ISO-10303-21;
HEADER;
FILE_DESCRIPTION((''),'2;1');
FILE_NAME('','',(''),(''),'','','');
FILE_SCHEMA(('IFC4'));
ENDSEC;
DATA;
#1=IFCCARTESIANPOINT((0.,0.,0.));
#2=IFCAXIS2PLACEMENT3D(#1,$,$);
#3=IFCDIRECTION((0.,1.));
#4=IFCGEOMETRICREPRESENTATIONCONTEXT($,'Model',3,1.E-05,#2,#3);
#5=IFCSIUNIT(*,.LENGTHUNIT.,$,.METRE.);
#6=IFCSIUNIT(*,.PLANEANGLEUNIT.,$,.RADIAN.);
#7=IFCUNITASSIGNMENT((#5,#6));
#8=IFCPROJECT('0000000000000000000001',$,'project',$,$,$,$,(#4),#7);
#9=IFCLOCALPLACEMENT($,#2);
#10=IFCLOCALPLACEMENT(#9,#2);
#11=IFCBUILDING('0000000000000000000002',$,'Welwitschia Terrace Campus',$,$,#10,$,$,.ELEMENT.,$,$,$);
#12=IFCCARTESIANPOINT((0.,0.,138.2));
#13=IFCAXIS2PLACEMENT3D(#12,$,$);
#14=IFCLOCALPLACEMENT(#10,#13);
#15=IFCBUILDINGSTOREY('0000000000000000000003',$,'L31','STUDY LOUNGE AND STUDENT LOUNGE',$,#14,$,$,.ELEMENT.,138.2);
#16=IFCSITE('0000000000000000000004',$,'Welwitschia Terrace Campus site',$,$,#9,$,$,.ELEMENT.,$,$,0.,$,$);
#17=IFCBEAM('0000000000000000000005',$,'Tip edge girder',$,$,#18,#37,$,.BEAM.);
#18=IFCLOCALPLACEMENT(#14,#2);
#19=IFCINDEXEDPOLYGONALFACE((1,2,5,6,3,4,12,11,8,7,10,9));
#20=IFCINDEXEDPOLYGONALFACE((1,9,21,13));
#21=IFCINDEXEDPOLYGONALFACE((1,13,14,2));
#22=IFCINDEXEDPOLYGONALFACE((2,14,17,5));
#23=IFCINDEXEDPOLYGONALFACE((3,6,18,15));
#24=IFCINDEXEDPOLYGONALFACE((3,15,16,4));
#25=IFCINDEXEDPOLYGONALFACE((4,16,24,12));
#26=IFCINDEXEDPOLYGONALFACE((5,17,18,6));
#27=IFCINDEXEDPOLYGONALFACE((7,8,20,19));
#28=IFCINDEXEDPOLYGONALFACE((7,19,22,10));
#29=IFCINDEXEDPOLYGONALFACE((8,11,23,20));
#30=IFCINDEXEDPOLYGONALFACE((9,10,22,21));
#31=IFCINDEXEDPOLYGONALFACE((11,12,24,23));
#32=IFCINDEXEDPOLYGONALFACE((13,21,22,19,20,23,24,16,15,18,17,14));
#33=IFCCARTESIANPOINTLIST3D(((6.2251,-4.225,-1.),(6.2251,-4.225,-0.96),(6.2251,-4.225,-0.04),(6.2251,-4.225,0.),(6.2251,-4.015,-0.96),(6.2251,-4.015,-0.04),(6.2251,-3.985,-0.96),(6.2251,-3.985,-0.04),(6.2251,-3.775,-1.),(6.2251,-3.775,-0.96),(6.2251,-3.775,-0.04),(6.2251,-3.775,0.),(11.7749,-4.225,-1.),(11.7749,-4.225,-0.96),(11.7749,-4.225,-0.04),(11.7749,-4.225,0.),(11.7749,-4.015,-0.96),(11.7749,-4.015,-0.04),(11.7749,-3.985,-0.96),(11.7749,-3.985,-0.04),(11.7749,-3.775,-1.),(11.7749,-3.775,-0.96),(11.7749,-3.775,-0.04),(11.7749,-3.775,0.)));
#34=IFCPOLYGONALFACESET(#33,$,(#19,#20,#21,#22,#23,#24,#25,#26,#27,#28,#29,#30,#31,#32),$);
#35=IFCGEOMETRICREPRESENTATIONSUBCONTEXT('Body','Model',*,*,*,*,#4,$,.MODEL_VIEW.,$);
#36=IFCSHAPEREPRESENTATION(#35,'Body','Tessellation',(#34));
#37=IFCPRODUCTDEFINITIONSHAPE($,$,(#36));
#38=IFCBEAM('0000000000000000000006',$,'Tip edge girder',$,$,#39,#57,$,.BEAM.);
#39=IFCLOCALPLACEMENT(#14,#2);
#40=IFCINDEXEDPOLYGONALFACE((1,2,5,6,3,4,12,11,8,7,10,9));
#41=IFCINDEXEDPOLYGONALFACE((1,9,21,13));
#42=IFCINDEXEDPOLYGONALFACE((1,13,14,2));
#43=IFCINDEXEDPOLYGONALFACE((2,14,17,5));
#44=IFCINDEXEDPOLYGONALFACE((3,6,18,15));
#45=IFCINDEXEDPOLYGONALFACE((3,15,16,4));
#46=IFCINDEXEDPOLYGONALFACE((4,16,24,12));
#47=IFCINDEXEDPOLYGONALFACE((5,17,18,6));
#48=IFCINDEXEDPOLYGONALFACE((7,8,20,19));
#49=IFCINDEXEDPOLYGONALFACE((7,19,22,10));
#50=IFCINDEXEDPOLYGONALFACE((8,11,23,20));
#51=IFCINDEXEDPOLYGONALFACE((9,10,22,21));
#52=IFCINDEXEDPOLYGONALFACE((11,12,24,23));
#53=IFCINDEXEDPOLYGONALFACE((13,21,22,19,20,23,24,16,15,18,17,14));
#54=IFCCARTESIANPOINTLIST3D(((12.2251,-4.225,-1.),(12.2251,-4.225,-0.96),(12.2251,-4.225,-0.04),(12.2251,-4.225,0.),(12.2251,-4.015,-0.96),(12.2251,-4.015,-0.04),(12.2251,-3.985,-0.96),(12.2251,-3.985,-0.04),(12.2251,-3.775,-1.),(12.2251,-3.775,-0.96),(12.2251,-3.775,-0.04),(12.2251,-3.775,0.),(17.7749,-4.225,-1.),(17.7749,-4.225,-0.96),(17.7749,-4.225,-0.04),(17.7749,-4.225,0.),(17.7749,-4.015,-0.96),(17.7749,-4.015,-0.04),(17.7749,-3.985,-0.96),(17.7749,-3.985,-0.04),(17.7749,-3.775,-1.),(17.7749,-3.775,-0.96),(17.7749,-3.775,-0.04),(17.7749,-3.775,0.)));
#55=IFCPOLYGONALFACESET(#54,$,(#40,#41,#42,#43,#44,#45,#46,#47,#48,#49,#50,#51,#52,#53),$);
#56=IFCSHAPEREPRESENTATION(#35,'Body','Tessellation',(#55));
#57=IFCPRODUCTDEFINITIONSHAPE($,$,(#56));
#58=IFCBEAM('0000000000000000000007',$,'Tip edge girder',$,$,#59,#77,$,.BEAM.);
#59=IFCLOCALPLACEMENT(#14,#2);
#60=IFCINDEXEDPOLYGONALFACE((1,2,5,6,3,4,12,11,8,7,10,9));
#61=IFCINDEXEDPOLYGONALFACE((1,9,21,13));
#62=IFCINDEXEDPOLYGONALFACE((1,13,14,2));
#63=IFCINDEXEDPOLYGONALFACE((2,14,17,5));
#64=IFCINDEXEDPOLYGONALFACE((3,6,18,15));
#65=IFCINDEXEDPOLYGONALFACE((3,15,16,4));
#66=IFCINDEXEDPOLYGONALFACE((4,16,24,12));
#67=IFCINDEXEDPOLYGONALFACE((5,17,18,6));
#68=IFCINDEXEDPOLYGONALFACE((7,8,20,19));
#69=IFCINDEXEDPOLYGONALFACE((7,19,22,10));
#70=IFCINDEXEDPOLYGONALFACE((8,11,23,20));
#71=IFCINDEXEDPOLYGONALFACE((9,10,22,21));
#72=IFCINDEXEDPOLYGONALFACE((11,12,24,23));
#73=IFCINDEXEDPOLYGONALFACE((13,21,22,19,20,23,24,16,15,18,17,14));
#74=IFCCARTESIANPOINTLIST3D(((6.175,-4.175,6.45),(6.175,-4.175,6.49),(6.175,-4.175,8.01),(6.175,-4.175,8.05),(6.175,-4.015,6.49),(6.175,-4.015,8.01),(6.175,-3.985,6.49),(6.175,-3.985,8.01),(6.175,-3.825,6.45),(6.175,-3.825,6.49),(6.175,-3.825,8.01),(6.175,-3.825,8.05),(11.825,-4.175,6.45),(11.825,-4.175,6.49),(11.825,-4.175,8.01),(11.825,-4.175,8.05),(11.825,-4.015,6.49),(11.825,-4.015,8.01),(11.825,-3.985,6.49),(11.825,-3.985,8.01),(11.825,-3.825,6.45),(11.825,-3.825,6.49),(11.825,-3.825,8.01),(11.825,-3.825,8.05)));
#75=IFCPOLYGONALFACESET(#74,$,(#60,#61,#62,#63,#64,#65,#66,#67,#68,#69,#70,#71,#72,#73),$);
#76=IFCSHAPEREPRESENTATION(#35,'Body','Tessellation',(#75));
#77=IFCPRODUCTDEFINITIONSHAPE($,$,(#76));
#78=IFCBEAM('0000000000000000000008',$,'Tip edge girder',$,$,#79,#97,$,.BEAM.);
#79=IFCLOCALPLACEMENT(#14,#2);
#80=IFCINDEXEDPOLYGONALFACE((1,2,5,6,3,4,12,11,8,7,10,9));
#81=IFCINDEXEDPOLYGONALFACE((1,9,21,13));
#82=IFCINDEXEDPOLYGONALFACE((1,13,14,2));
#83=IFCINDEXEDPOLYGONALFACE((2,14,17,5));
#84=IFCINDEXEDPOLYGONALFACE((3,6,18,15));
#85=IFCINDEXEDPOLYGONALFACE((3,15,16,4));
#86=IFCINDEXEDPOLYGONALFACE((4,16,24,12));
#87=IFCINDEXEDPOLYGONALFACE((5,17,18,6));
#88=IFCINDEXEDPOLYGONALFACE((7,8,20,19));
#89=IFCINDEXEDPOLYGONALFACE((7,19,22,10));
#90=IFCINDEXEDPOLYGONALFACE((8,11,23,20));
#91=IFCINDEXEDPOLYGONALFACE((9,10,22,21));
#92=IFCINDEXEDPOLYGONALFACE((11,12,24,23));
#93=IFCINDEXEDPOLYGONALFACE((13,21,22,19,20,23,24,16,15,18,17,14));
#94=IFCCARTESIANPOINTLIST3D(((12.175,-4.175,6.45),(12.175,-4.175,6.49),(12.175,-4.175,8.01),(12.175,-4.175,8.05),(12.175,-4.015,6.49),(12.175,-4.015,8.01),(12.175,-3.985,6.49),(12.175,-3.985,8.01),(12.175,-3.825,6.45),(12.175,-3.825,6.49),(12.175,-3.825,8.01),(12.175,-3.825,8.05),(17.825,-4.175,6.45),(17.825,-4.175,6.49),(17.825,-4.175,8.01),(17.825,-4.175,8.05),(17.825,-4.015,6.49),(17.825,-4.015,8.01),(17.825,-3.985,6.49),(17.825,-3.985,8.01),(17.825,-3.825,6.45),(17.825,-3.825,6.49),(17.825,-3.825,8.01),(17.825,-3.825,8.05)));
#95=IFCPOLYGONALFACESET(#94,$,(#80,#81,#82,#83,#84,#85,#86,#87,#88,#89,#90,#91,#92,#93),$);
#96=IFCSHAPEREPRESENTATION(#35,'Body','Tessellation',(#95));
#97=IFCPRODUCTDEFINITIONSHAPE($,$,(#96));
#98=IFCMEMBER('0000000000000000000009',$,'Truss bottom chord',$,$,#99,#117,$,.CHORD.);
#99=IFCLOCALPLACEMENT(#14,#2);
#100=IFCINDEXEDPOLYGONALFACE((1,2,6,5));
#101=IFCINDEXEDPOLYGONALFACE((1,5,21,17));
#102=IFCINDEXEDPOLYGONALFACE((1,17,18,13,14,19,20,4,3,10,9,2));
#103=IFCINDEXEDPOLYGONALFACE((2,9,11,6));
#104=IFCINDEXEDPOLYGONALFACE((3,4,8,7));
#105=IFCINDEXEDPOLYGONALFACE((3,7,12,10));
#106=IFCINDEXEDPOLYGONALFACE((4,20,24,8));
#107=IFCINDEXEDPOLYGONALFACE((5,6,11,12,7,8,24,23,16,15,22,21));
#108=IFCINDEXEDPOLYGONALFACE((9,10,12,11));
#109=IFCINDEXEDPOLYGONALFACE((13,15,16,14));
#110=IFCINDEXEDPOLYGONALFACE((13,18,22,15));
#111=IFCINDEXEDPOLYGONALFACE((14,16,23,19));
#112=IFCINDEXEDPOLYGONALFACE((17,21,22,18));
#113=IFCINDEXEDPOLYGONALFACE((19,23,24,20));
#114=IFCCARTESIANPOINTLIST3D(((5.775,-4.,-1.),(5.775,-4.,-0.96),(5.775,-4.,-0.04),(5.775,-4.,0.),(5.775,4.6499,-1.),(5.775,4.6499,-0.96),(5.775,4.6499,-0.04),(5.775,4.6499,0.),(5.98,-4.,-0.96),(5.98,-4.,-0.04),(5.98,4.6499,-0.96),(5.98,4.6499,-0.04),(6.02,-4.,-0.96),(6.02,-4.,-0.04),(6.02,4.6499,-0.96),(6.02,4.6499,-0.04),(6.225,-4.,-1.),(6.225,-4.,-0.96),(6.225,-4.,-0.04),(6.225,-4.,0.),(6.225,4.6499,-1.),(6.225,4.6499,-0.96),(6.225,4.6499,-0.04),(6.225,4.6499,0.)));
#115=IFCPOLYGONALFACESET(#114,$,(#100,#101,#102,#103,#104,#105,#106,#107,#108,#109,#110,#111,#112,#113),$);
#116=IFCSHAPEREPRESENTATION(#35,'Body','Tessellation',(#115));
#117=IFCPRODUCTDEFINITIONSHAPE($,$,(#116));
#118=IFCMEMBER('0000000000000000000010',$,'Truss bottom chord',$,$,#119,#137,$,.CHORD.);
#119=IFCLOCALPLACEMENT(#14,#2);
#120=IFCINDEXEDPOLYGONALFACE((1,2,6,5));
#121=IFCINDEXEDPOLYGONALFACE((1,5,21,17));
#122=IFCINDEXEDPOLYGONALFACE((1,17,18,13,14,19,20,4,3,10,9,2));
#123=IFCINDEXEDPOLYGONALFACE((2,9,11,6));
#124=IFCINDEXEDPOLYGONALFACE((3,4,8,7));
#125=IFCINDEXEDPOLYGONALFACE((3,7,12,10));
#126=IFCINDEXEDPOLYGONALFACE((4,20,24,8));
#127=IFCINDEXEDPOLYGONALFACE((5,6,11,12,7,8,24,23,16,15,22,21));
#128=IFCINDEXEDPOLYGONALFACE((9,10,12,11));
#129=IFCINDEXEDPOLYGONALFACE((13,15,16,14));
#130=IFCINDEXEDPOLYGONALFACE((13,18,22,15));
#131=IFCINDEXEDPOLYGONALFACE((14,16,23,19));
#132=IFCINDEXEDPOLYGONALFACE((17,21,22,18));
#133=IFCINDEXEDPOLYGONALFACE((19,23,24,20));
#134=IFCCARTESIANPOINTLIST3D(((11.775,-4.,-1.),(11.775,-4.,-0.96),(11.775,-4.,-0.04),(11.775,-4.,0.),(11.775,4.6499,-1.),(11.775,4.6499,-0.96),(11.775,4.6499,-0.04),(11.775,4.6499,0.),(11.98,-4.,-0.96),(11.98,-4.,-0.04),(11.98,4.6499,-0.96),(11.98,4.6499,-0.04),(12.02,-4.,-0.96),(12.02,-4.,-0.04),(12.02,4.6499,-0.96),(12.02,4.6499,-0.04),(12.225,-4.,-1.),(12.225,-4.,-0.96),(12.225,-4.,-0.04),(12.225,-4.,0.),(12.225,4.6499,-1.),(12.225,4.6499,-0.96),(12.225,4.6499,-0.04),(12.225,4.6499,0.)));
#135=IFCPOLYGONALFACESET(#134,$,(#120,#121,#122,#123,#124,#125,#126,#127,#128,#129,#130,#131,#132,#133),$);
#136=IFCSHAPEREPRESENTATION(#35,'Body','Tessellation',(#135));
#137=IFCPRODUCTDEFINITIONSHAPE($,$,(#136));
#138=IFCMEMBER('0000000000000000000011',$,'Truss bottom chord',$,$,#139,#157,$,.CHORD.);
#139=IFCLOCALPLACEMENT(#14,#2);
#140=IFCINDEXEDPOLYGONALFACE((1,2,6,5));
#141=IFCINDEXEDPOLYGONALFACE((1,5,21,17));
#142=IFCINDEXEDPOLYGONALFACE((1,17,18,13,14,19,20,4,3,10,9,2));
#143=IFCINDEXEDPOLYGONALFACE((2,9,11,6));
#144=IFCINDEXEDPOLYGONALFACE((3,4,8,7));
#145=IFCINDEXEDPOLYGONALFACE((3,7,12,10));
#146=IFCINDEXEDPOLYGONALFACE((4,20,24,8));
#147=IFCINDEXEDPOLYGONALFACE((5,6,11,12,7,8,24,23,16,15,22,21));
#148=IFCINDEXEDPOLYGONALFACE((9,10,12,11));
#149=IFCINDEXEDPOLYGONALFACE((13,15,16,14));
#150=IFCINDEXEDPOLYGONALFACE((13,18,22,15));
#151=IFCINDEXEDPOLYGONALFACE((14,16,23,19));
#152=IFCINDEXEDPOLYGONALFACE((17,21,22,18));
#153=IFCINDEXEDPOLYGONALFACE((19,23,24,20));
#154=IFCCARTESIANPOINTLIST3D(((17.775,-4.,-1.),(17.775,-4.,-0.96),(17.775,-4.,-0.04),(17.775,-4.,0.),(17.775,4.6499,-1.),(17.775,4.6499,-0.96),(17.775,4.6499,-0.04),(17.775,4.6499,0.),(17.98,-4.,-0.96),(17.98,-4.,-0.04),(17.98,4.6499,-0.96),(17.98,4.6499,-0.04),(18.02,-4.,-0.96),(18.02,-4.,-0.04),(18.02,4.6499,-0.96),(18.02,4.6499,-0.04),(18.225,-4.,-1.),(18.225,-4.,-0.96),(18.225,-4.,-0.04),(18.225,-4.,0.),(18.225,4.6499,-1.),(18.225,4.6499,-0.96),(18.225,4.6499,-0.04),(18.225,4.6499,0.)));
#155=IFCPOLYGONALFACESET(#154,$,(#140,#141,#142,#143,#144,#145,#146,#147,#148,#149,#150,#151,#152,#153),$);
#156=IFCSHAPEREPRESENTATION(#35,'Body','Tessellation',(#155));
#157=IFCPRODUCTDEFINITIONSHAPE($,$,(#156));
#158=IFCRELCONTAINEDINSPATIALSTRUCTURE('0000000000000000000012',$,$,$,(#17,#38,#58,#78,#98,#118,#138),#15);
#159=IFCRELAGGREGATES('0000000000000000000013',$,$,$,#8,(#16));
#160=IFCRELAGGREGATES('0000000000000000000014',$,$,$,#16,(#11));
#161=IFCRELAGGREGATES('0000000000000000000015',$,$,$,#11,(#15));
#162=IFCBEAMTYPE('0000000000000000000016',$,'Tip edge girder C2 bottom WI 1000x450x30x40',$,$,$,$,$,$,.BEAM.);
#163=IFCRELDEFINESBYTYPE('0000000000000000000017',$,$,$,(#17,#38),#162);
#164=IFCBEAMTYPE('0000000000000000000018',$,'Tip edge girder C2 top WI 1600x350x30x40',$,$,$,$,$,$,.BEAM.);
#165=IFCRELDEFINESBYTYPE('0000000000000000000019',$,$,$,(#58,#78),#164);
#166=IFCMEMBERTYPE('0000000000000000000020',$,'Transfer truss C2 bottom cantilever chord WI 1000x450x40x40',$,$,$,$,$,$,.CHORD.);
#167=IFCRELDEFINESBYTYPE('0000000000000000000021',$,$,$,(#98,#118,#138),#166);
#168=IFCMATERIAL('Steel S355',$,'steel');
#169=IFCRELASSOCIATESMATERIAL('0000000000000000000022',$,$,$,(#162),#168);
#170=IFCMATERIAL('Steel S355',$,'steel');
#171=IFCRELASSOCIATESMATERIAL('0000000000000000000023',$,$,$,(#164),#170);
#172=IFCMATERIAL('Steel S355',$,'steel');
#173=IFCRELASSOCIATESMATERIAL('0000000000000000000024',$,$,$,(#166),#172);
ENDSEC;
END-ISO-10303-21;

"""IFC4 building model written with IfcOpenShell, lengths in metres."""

from ifc_helpers import new_model, si_unit, direction, frame, origin, origin_2d, place, context, subcontext, project, spatial, i_section, extrude, material, material_profile, profile_set, type_object, element, save


model = new_model("IFC4")

# Units and contexts
model_context = context("Model", 3, precision=1e-05, world=origin(), true_north=direction((0.0, 1.0)))
body_context = subcontext(model_context, "Body", "Model", "MODEL_VIEW")
ifc_project = project(units=[si_unit("LENGTHUNIT", "METRE"), si_unit("PLANEANGLEUNIT", "RADIAN")], contexts=[model_context])

# Site, building, storey
site_placement = place(None, origin())
site = spatial("IfcSite", under=ifc_project, at=site_placement, Name="Welwitschia Terrace Campus site", CompositionType="ELEMENT", RefElevation=0.0)
building_placement = place(site_placement, origin())
building = spatial("IfcBuilding", under=site, at=building_placement, Name="Welwitschia Terrace Campus", CompositionType="ELEMENT")
storey_placement = place(building_placement, frame((0.0, 0.0, 138.2)))
storey = spatial("IfcBuildingStorey", under=building, at=storey_placement, Name="L31", Description="STUDY LOUNGE AND STUDENT LOUNGE", CompositionType="ELEMENT", Elevation=138.2)

# Beams
ifc_material_1 = material(Name="Steel S355", Category="steel")
ifc_material_profile_1 = material_profile(ifc_material_1, i_section(OverallWidth=0.45, OverallDepth=1.0, WebThickness=0.03, FlangeThickness=0.04, at=origin_2d()))
ifc_profile_set_1 = profile_set([ifc_material_profile_1], Name="Steel S355")
beam_type_1 = type_object("IfcBeamType", Name="Tip edge girder C2 bottom WI 1000x450x30x40", PredefinedType="BEAM", material=ifc_profile_set_1)
for number, where, z_axis, x_axis, name in (
    (1, (6.2251, -4.0, -0.5), (1.0, 0.0, 0.0), (0.0, 1.0, 0.0), "Tip edge girder"),
    (2, (12.2251, -4.0, -0.5), (1.0, 0.0, 0.0), (0.0, 1.0, 0.0), "Tip edge girder"),
):
    element("IfcBeam", number, at=place(storey_placement, frame(where, z_axis=z_axis, x_axis=x_axis)), inside=storey, type_object=beam_type_1, Name=name, PredefinedType="BEAM", context=body_context, shape_type="SweptSolid", body=[
        extrude(i_section(OverallWidth=0.45, OverallDepth=1.0, WebThickness=0.03, FlangeThickness=0.04, at=origin_2d()), origin(), (0.0, 0.0, 1.0), 5.5498),
    ])
ifc_material_2 = material(Name="Steel S355", Category="steel")
ifc_material_profile_2 = material_profile(ifc_material_2, i_section(OverallWidth=0.3501, OverallDepth=1.6001, WebThickness=0.03, FlangeThickness=0.04, at=origin_2d()))
ifc_profile_set_2 = profile_set([ifc_material_profile_2], Name="Steel S355")
beam_type_2 = type_object("IfcBeamType", Name="Tip edge girder C2 top WI 1600x350x30x40", PredefinedType="BEAM", material=ifc_profile_set_2)
for number, where, z_axis, x_axis, name in (
    (3, (6.175, -4.0, 7.25), (1.0, 0.0, 0.0), (0.0, 1.0, 0.0), "Tip edge girder"),
    (4, (12.175, -4.0, 7.25), (1.0, 0.0, 0.0), (0.0, 1.0, 0.0), "Tip edge girder"),
):
    element("IfcBeam", number, at=place(storey_placement, frame(where, z_axis=z_axis, x_axis=x_axis)), inside=storey, type_object=beam_type_2, Name=name, PredefinedType="BEAM", context=body_context, shape_type="SweptSolid", body=[
        extrude(i_section(OverallWidth=0.3501, OverallDepth=1.6001, WebThickness=0.03, FlangeThickness=0.04, at=origin_2d()), origin(), (0.0, 0.0, 1.0), 5.6499),
    ])

# Members
ifc_material_3 = material(Name="Steel S355", Category="steel")
ifc_material_profile_3 = material_profile(ifc_material_3, i_section(OverallWidth=0.45, OverallDepth=1.0, WebThickness=0.04, FlangeThickness=0.04, at=origin_2d()))
ifc_profile_set_3 = profile_set([ifc_material_profile_3], Name="Steel S355")
member_type_1 = type_object("IfcMemberType", Name="Transfer truss C2 bottom cantilever chord WI 1000x450x40x40", PredefinedType="CHORD", material=ifc_profile_set_3)
for number, where, z_axis, x_axis, name in (
    (5, (6.0, -4.0, -0.5), (0.0, 1.0, 0.0), (-1.0, 0.0, 0.0), "Truss bottom chord"),
    (6, (12.0, -4.0, -0.5), (0.0, 1.0, 0.0), (-1.0, 0.0, 0.0), "Truss bottom chord"),
    (7, (18.0, -4.0, -0.5), (0.0, 1.0, 0.0), (-1.0, 0.0, 0.0), "Truss bottom chord"),
):
    element("IfcMember", number, at=place(storey_placement, frame(where, z_axis=z_axis, x_axis=x_axis)), inside=storey, type_object=member_type_1, Name=name, PredefinedType="CHORD", context=body_context, shape_type="SweptSolid", body=[
        extrude(i_section(OverallWidth=0.45, OverallDepth=1.0, WebThickness=0.04, FlangeThickness=0.04, at=origin_2d()), origin(), (0.0, 0.0, 1.0), 8.6499),
    ])

save(model, "model.ifc")
